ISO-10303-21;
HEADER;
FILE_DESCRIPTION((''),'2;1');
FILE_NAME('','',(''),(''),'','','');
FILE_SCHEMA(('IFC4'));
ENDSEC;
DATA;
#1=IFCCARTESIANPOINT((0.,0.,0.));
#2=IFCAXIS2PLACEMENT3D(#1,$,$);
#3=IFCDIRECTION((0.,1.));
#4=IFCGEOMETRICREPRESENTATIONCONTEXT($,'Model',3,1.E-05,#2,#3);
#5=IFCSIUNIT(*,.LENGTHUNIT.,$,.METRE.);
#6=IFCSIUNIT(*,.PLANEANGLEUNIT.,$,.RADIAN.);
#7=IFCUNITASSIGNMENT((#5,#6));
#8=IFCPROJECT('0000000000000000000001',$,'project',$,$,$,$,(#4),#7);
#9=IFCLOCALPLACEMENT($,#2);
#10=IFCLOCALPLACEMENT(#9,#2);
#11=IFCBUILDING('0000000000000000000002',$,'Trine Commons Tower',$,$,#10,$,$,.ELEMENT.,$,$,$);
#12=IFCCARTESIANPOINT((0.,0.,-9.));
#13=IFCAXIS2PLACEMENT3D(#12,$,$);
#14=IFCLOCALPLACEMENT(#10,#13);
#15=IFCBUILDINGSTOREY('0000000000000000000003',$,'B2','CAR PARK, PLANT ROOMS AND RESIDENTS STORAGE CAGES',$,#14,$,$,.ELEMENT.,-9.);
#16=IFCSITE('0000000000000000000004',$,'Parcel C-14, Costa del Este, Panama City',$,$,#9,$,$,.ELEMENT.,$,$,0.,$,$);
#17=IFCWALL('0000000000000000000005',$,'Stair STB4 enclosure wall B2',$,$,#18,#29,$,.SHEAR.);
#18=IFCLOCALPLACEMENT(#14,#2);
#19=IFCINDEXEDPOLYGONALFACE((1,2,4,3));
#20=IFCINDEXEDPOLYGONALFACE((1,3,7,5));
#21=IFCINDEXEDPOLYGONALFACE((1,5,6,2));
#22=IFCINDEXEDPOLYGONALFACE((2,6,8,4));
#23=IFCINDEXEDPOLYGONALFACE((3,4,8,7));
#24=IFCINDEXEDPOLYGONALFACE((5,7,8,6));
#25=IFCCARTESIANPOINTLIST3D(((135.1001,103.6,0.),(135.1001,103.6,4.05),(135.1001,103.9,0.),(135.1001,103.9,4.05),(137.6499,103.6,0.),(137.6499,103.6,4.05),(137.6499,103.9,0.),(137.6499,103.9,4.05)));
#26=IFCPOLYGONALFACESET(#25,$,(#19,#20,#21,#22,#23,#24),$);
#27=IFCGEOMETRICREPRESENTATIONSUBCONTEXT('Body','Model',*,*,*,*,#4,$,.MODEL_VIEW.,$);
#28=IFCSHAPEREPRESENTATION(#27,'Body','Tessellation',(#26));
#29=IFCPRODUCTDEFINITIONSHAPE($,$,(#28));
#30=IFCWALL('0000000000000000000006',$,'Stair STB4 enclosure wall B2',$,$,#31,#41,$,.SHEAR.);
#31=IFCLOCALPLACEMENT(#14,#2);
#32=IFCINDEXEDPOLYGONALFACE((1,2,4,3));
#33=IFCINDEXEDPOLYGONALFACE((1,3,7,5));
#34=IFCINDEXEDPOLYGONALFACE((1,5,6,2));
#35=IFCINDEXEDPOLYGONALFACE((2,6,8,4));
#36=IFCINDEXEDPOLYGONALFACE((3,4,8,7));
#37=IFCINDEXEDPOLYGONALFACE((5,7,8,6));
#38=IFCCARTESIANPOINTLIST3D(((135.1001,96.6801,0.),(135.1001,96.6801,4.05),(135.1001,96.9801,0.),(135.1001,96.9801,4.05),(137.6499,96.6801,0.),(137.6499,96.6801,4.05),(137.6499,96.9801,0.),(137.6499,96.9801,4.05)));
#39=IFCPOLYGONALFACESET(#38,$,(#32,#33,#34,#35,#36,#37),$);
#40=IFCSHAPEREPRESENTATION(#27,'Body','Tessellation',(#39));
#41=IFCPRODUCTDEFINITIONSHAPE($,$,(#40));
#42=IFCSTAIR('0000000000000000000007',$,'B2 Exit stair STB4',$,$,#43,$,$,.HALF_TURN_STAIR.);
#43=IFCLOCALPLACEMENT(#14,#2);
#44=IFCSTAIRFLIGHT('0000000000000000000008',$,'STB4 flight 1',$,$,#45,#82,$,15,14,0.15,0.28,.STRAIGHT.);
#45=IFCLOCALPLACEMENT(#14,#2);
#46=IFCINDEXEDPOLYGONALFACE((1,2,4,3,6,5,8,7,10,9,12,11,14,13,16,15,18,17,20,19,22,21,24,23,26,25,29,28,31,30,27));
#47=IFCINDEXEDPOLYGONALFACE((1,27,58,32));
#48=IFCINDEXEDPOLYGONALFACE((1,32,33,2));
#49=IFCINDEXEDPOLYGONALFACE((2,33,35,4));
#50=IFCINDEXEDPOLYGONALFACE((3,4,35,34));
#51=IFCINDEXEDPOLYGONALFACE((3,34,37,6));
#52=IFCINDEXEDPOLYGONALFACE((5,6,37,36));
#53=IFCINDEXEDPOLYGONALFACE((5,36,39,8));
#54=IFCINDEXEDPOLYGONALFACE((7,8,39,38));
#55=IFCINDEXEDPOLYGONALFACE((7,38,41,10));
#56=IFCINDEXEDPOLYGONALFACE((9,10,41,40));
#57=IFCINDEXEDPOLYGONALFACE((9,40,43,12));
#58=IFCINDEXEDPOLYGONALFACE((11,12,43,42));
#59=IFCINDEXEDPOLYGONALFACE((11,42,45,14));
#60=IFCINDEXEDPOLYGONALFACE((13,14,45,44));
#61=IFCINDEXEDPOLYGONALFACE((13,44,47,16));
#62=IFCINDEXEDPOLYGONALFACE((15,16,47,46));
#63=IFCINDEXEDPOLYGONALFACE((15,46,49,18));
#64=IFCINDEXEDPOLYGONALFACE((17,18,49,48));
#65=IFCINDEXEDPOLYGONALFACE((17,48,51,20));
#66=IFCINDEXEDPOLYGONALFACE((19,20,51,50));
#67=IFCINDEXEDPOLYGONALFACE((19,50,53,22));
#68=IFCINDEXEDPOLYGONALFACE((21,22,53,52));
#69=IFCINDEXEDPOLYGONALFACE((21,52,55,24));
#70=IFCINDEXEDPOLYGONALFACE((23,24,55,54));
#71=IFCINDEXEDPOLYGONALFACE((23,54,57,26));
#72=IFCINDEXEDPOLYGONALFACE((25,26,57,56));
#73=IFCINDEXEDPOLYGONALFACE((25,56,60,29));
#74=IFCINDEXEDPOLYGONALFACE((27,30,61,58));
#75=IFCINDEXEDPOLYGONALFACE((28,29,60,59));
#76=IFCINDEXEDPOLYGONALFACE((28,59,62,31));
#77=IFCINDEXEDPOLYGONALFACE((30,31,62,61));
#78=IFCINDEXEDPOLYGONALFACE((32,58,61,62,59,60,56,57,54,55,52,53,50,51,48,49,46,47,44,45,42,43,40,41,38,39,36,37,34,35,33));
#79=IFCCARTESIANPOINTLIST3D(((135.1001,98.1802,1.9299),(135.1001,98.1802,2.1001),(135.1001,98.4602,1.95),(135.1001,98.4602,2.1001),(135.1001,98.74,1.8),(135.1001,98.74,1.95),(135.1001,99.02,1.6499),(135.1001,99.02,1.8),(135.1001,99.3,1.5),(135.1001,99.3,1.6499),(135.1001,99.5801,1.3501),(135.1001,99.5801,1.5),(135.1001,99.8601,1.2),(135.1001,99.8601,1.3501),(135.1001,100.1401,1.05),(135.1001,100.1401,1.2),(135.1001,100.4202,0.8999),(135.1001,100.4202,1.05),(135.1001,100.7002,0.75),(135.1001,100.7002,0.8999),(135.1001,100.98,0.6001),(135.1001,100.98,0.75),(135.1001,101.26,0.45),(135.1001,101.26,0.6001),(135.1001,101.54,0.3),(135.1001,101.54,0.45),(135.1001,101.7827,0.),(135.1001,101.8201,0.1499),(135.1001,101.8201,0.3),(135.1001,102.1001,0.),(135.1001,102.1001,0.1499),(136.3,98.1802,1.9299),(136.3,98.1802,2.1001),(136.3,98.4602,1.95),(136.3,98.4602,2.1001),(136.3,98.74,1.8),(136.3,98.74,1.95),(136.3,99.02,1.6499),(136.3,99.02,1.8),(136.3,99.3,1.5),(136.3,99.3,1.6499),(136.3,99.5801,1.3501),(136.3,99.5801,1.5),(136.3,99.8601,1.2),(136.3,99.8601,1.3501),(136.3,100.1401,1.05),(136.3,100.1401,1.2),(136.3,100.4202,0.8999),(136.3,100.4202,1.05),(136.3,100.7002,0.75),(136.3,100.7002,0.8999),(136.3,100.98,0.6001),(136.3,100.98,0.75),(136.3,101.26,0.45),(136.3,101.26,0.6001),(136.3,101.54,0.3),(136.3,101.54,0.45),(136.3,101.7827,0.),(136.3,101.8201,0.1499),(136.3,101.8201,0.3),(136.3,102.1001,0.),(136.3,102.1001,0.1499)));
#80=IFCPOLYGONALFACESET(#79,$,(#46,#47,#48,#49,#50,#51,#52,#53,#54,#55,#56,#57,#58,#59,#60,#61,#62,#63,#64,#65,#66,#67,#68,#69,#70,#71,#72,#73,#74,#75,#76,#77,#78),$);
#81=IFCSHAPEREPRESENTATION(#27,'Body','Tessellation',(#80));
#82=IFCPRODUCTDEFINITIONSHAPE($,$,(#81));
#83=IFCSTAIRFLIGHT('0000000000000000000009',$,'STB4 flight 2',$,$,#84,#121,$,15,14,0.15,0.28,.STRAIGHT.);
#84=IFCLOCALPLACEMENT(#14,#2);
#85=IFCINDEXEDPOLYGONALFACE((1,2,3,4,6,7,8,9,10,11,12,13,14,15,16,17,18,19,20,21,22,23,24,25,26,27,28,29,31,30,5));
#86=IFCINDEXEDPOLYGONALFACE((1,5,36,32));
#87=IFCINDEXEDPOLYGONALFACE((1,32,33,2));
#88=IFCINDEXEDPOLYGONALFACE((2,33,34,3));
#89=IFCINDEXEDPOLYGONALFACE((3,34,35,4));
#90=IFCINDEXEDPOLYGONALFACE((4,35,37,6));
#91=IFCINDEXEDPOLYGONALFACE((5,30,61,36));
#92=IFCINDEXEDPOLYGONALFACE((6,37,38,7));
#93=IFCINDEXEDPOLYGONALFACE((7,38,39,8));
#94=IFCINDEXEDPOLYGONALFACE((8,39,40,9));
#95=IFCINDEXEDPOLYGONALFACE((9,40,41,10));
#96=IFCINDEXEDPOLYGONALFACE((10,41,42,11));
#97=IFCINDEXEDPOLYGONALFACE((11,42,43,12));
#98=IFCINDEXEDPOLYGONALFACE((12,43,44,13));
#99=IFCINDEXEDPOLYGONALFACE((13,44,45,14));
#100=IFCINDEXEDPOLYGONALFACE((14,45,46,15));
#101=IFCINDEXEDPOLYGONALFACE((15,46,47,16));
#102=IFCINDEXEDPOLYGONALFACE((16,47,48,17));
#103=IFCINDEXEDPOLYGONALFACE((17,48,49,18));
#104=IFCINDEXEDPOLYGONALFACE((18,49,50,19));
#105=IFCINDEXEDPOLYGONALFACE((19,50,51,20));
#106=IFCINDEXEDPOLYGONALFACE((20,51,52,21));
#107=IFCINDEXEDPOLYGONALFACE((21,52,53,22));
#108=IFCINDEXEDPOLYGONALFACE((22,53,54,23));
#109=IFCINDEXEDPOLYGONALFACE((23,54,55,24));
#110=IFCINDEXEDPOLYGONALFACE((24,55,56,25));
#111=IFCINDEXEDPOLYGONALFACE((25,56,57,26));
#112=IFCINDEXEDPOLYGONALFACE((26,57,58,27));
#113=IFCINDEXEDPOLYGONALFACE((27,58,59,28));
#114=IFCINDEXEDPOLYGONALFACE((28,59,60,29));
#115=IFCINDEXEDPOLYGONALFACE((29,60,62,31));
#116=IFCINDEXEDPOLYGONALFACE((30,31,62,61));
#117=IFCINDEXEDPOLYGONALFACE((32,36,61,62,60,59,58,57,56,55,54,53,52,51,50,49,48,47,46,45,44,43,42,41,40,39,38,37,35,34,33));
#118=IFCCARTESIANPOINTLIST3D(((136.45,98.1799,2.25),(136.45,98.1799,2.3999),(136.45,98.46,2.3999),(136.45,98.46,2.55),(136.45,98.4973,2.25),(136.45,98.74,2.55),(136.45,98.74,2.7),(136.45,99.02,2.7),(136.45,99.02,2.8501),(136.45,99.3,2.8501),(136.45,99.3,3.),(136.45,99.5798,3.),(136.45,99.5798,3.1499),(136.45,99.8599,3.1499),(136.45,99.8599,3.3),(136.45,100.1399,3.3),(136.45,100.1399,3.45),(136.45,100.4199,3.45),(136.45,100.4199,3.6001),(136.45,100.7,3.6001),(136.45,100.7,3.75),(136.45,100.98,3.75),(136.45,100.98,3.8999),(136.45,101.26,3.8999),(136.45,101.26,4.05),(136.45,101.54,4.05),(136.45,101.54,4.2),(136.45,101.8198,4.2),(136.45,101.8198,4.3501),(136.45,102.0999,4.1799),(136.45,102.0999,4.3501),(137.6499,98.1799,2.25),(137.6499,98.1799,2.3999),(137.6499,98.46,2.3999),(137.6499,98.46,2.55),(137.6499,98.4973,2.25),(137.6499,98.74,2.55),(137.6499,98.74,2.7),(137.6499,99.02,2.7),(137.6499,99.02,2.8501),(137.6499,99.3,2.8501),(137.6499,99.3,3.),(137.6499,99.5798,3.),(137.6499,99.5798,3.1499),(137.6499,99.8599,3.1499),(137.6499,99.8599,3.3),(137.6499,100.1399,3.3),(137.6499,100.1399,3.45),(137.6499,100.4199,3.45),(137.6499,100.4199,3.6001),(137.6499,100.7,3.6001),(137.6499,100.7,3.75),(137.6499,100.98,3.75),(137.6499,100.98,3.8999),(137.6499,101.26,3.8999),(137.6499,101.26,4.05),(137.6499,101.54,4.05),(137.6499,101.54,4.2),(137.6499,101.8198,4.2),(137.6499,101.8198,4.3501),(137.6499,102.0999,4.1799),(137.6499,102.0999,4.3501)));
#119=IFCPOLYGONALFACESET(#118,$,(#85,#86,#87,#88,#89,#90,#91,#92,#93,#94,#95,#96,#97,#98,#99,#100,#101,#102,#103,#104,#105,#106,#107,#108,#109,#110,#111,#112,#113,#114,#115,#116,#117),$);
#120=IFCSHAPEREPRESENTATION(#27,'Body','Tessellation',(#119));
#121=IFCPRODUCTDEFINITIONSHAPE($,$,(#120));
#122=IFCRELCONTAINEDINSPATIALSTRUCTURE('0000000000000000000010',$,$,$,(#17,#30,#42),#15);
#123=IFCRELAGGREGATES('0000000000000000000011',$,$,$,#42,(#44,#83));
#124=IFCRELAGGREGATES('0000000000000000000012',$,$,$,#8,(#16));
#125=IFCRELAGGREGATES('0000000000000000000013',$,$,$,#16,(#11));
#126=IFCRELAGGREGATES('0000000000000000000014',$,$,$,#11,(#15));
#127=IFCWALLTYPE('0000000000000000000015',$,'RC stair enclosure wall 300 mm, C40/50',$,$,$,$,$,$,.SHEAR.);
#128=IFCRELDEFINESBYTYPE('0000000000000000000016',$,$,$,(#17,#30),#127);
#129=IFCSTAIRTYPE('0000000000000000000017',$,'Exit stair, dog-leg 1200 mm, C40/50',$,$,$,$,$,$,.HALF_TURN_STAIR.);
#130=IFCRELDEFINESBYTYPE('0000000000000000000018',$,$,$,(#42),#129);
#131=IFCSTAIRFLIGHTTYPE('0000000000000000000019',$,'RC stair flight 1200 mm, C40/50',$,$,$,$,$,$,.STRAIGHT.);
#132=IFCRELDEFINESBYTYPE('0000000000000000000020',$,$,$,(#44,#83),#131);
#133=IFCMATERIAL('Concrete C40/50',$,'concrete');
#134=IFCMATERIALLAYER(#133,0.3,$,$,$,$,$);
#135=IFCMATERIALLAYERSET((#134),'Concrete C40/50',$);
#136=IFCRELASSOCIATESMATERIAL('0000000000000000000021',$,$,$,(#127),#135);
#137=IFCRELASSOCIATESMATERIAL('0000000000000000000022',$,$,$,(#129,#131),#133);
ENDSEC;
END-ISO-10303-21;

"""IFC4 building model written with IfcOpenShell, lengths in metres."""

from ifc_helpers import new_model, si_unit, direction, frame, frame_2d, origin, place, context, subcontext, project, spatial, polyline, rectangle, outline, extrude, material, layer, layer_set, type_object, element, aggregate, save


model = new_model("IFC4")

# Units and contexts
model_context = context("Model", 3, precision=1e-05, world=origin(), true_north=direction((0.0, 1.0)))
body_context = subcontext(model_context, "Body", "Model", "MODEL_VIEW")
ifc_project = project(units=[si_unit("LENGTHUNIT", "METRE"), si_unit("PLANEANGLEUNIT", "RADIAN")], contexts=[model_context])

# Site, building, storey
site_placement = place(None, origin())
site = spatial("IfcSite", under=ifc_project, at=site_placement, Name="Parcel C-14, Costa del Este, Panama City", CompositionType="ELEMENT", RefElevation=0.0)
building_placement = place(site_placement, origin())
building = spatial("IfcBuilding", under=site, at=building_placement, Name="Trine Commons Tower", CompositionType="ELEMENT")
storey_placement = place(building_placement, frame((0.0, 0.0, -9.0)))
storey = spatial("IfcBuildingStorey", under=building, at=storey_placement, Name="B2", Description="CAR PARK, PLANT ROOMS AND RESIDENTS STORAGE CAGES", CompositionType="ELEMENT", Elevation=-9.0)

# Shared definitions
ifc_material_1 = material(Name="Concrete C40/50", Category="concrete")

# Shared definitions
ifc_layer_1 = layer(ifc_material_1, 0.3)
ifc_layer_set_1 = layer_set([ifc_layer_1], Name="Concrete C40/50")
wall_type_1 = type_object("IfcWallType", Name="RC stair enclosure wall 300 mm, C40/50", PredefinedType="SHEAR", material=ifc_layer_set_1)

# Walls
for number, where, z_axis, x_axis, name in (
    (1, (135.1001, 103.75, 0.0), (0.0, 0.0, 1.0), (1.0, 0.0, 0.0), "Stair STB4 enclosure wall B2"),
    (2, (135.1001, 96.8301, 0.0), (0.0, 0.0, 1.0), (1.0, 0.0, 0.0), "Stair STB4 enclosure wall B2"),
):
    element("IfcWall", number, at=place(storey_placement, frame(where, z_axis=z_axis, x_axis=x_axis)), inside=storey, type_object=wall_type_1, Name=name, PredefinedType="SHEAR", context=body_context, shape_type="SweptSolid", body=[
        extrude(rectangle(XDim=2.5498, YDim=0.3, at=frame_2d((1.2749, 0.0))), origin(), (0.0, 0.0, 1.0), 4.05),
    ])

# Stair, stair flights
stair_type = type_object("IfcStairType", Name="Exit stair, dog-leg 1200 mm, C40/50", PredefinedType="HALF_TURN_STAIR", material=ifc_material_1)
stair_placement = place(storey_placement, origin())
stair = element("IfcStair", 3, at=stair_placement, inside=storey, type_object=stair_type, Name="B2 Exit stair STB4", PredefinedType="HALF_TURN_STAIR")
stair_flight_type = type_object("IfcStairFlightType", Name="RC stair flight 1200 mm, C40/50", PredefinedType="STRAIGHT", material=ifc_material_1)
stair_flight_1_placement = place(storey_placement, frame((135.7, 102.1001, 0.0), z_axis=(0.0, 0.0, 1.0), x_axis=(0.0, -1.0, 0.0)))
stair_flight_1 = element("IfcStairFlight", 4, at=stair_flight_1_placement, type_object=stair_flight_type, Name="STB4 flight 1", NumberOfRisers=15, NumberOfTreads=14, PredefinedType="STRAIGHT", RiserHeight=0.15, TreadLength=0.28, context=body_context, shape_type="SweptSolid", body=[
    extrude(outline(polyline([(0.0, 0.0), (0.0, 0.1499), (0.28, 0.1499), (0.28, 0.3), (0.5601, 0.3), (0.5601, 0.45), (0.8401, 0.45), (0.8401, 0.6001), (1.1201, 0.6001), (1.1201, 0.75), (1.3999, 0.75), (1.3999, 0.8999), (1.6799, 0.8999), (1.6799, 1.05), (1.96, 1.05), (1.96, 1.2), (2.24, 1.2), (2.24, 1.3501), (2.52, 1.3501), (2.52, 1.5), (2.8, 1.5), (2.8, 1.6499), (3.0801, 1.6499), (3.0801, 1.8), (3.3601, 1.8), (3.3601, 1.95), (3.6399, 1.95), (3.6399, 2.1001), (3.9199, 2.1001), (3.9199, 2.25), (3.9199, 1.9299), (0.3174, 0.0), (0.0, 0.0)])), frame((0.0, 0.6001, 0.0), z_axis=(0.0, -1.0, 0.0), x_axis=(1.0, 0.0, 0.0)), (0.0, 0.0, 1.0), 1.2),
])
stair_flight_2_placement = place(storey_placement, frame((137.05, 98.1799, 2.25), z_axis=(0.0, 0.0, 1.0), x_axis=(0.0, 1.0, 0.0)))
stair_flight_2 = element("IfcStairFlight", 5, at=stair_flight_2_placement, type_object=stair_flight_type, Name="STB4 flight 2", NumberOfRisers=15, NumberOfTreads=14, PredefinedType="STRAIGHT", RiserHeight=0.15, TreadLength=0.28, context=body_context, shape_type="SweptSolid", body=[
    extrude(outline(polyline([(0.0, 0.0), (0.0, 0.1499), (0.28, 0.1499), (0.28, 0.3), (0.5601, 0.3), (0.5601, 0.45), (0.8401, 0.45), (0.8401, 0.6001), (1.1201, 0.6001), (1.1201, 0.75), (1.3999, 0.75), (1.3999, 0.8999), (1.6799, 0.8999), (1.6799, 1.05), (1.96, 1.05), (1.96, 1.2), (2.24, 1.2), (2.24, 1.3501), (2.52, 1.3501), (2.52, 1.5), (2.8, 1.5), (2.8, 1.6499), (3.0801, 1.6499), (3.0801, 1.8), (3.3601, 1.8), (3.3601, 1.95), (3.6399, 1.95), (3.6399, 2.1001), (3.9199, 2.1001), (3.9199, 2.25), (3.9199, 1.9299), (0.3174, 0.0), (0.0, 0.0)])), frame((0.0, 0.6001, 0.0), z_axis=(0.0, -1.0, 0.0), x_axis=(1.0, 0.0, 0.0)), (0.0, 0.0, 1.0), 1.2),
])
aggregate(stair, [stair_flight_1, stair_flight_2])

save(model, "model.ifc")
